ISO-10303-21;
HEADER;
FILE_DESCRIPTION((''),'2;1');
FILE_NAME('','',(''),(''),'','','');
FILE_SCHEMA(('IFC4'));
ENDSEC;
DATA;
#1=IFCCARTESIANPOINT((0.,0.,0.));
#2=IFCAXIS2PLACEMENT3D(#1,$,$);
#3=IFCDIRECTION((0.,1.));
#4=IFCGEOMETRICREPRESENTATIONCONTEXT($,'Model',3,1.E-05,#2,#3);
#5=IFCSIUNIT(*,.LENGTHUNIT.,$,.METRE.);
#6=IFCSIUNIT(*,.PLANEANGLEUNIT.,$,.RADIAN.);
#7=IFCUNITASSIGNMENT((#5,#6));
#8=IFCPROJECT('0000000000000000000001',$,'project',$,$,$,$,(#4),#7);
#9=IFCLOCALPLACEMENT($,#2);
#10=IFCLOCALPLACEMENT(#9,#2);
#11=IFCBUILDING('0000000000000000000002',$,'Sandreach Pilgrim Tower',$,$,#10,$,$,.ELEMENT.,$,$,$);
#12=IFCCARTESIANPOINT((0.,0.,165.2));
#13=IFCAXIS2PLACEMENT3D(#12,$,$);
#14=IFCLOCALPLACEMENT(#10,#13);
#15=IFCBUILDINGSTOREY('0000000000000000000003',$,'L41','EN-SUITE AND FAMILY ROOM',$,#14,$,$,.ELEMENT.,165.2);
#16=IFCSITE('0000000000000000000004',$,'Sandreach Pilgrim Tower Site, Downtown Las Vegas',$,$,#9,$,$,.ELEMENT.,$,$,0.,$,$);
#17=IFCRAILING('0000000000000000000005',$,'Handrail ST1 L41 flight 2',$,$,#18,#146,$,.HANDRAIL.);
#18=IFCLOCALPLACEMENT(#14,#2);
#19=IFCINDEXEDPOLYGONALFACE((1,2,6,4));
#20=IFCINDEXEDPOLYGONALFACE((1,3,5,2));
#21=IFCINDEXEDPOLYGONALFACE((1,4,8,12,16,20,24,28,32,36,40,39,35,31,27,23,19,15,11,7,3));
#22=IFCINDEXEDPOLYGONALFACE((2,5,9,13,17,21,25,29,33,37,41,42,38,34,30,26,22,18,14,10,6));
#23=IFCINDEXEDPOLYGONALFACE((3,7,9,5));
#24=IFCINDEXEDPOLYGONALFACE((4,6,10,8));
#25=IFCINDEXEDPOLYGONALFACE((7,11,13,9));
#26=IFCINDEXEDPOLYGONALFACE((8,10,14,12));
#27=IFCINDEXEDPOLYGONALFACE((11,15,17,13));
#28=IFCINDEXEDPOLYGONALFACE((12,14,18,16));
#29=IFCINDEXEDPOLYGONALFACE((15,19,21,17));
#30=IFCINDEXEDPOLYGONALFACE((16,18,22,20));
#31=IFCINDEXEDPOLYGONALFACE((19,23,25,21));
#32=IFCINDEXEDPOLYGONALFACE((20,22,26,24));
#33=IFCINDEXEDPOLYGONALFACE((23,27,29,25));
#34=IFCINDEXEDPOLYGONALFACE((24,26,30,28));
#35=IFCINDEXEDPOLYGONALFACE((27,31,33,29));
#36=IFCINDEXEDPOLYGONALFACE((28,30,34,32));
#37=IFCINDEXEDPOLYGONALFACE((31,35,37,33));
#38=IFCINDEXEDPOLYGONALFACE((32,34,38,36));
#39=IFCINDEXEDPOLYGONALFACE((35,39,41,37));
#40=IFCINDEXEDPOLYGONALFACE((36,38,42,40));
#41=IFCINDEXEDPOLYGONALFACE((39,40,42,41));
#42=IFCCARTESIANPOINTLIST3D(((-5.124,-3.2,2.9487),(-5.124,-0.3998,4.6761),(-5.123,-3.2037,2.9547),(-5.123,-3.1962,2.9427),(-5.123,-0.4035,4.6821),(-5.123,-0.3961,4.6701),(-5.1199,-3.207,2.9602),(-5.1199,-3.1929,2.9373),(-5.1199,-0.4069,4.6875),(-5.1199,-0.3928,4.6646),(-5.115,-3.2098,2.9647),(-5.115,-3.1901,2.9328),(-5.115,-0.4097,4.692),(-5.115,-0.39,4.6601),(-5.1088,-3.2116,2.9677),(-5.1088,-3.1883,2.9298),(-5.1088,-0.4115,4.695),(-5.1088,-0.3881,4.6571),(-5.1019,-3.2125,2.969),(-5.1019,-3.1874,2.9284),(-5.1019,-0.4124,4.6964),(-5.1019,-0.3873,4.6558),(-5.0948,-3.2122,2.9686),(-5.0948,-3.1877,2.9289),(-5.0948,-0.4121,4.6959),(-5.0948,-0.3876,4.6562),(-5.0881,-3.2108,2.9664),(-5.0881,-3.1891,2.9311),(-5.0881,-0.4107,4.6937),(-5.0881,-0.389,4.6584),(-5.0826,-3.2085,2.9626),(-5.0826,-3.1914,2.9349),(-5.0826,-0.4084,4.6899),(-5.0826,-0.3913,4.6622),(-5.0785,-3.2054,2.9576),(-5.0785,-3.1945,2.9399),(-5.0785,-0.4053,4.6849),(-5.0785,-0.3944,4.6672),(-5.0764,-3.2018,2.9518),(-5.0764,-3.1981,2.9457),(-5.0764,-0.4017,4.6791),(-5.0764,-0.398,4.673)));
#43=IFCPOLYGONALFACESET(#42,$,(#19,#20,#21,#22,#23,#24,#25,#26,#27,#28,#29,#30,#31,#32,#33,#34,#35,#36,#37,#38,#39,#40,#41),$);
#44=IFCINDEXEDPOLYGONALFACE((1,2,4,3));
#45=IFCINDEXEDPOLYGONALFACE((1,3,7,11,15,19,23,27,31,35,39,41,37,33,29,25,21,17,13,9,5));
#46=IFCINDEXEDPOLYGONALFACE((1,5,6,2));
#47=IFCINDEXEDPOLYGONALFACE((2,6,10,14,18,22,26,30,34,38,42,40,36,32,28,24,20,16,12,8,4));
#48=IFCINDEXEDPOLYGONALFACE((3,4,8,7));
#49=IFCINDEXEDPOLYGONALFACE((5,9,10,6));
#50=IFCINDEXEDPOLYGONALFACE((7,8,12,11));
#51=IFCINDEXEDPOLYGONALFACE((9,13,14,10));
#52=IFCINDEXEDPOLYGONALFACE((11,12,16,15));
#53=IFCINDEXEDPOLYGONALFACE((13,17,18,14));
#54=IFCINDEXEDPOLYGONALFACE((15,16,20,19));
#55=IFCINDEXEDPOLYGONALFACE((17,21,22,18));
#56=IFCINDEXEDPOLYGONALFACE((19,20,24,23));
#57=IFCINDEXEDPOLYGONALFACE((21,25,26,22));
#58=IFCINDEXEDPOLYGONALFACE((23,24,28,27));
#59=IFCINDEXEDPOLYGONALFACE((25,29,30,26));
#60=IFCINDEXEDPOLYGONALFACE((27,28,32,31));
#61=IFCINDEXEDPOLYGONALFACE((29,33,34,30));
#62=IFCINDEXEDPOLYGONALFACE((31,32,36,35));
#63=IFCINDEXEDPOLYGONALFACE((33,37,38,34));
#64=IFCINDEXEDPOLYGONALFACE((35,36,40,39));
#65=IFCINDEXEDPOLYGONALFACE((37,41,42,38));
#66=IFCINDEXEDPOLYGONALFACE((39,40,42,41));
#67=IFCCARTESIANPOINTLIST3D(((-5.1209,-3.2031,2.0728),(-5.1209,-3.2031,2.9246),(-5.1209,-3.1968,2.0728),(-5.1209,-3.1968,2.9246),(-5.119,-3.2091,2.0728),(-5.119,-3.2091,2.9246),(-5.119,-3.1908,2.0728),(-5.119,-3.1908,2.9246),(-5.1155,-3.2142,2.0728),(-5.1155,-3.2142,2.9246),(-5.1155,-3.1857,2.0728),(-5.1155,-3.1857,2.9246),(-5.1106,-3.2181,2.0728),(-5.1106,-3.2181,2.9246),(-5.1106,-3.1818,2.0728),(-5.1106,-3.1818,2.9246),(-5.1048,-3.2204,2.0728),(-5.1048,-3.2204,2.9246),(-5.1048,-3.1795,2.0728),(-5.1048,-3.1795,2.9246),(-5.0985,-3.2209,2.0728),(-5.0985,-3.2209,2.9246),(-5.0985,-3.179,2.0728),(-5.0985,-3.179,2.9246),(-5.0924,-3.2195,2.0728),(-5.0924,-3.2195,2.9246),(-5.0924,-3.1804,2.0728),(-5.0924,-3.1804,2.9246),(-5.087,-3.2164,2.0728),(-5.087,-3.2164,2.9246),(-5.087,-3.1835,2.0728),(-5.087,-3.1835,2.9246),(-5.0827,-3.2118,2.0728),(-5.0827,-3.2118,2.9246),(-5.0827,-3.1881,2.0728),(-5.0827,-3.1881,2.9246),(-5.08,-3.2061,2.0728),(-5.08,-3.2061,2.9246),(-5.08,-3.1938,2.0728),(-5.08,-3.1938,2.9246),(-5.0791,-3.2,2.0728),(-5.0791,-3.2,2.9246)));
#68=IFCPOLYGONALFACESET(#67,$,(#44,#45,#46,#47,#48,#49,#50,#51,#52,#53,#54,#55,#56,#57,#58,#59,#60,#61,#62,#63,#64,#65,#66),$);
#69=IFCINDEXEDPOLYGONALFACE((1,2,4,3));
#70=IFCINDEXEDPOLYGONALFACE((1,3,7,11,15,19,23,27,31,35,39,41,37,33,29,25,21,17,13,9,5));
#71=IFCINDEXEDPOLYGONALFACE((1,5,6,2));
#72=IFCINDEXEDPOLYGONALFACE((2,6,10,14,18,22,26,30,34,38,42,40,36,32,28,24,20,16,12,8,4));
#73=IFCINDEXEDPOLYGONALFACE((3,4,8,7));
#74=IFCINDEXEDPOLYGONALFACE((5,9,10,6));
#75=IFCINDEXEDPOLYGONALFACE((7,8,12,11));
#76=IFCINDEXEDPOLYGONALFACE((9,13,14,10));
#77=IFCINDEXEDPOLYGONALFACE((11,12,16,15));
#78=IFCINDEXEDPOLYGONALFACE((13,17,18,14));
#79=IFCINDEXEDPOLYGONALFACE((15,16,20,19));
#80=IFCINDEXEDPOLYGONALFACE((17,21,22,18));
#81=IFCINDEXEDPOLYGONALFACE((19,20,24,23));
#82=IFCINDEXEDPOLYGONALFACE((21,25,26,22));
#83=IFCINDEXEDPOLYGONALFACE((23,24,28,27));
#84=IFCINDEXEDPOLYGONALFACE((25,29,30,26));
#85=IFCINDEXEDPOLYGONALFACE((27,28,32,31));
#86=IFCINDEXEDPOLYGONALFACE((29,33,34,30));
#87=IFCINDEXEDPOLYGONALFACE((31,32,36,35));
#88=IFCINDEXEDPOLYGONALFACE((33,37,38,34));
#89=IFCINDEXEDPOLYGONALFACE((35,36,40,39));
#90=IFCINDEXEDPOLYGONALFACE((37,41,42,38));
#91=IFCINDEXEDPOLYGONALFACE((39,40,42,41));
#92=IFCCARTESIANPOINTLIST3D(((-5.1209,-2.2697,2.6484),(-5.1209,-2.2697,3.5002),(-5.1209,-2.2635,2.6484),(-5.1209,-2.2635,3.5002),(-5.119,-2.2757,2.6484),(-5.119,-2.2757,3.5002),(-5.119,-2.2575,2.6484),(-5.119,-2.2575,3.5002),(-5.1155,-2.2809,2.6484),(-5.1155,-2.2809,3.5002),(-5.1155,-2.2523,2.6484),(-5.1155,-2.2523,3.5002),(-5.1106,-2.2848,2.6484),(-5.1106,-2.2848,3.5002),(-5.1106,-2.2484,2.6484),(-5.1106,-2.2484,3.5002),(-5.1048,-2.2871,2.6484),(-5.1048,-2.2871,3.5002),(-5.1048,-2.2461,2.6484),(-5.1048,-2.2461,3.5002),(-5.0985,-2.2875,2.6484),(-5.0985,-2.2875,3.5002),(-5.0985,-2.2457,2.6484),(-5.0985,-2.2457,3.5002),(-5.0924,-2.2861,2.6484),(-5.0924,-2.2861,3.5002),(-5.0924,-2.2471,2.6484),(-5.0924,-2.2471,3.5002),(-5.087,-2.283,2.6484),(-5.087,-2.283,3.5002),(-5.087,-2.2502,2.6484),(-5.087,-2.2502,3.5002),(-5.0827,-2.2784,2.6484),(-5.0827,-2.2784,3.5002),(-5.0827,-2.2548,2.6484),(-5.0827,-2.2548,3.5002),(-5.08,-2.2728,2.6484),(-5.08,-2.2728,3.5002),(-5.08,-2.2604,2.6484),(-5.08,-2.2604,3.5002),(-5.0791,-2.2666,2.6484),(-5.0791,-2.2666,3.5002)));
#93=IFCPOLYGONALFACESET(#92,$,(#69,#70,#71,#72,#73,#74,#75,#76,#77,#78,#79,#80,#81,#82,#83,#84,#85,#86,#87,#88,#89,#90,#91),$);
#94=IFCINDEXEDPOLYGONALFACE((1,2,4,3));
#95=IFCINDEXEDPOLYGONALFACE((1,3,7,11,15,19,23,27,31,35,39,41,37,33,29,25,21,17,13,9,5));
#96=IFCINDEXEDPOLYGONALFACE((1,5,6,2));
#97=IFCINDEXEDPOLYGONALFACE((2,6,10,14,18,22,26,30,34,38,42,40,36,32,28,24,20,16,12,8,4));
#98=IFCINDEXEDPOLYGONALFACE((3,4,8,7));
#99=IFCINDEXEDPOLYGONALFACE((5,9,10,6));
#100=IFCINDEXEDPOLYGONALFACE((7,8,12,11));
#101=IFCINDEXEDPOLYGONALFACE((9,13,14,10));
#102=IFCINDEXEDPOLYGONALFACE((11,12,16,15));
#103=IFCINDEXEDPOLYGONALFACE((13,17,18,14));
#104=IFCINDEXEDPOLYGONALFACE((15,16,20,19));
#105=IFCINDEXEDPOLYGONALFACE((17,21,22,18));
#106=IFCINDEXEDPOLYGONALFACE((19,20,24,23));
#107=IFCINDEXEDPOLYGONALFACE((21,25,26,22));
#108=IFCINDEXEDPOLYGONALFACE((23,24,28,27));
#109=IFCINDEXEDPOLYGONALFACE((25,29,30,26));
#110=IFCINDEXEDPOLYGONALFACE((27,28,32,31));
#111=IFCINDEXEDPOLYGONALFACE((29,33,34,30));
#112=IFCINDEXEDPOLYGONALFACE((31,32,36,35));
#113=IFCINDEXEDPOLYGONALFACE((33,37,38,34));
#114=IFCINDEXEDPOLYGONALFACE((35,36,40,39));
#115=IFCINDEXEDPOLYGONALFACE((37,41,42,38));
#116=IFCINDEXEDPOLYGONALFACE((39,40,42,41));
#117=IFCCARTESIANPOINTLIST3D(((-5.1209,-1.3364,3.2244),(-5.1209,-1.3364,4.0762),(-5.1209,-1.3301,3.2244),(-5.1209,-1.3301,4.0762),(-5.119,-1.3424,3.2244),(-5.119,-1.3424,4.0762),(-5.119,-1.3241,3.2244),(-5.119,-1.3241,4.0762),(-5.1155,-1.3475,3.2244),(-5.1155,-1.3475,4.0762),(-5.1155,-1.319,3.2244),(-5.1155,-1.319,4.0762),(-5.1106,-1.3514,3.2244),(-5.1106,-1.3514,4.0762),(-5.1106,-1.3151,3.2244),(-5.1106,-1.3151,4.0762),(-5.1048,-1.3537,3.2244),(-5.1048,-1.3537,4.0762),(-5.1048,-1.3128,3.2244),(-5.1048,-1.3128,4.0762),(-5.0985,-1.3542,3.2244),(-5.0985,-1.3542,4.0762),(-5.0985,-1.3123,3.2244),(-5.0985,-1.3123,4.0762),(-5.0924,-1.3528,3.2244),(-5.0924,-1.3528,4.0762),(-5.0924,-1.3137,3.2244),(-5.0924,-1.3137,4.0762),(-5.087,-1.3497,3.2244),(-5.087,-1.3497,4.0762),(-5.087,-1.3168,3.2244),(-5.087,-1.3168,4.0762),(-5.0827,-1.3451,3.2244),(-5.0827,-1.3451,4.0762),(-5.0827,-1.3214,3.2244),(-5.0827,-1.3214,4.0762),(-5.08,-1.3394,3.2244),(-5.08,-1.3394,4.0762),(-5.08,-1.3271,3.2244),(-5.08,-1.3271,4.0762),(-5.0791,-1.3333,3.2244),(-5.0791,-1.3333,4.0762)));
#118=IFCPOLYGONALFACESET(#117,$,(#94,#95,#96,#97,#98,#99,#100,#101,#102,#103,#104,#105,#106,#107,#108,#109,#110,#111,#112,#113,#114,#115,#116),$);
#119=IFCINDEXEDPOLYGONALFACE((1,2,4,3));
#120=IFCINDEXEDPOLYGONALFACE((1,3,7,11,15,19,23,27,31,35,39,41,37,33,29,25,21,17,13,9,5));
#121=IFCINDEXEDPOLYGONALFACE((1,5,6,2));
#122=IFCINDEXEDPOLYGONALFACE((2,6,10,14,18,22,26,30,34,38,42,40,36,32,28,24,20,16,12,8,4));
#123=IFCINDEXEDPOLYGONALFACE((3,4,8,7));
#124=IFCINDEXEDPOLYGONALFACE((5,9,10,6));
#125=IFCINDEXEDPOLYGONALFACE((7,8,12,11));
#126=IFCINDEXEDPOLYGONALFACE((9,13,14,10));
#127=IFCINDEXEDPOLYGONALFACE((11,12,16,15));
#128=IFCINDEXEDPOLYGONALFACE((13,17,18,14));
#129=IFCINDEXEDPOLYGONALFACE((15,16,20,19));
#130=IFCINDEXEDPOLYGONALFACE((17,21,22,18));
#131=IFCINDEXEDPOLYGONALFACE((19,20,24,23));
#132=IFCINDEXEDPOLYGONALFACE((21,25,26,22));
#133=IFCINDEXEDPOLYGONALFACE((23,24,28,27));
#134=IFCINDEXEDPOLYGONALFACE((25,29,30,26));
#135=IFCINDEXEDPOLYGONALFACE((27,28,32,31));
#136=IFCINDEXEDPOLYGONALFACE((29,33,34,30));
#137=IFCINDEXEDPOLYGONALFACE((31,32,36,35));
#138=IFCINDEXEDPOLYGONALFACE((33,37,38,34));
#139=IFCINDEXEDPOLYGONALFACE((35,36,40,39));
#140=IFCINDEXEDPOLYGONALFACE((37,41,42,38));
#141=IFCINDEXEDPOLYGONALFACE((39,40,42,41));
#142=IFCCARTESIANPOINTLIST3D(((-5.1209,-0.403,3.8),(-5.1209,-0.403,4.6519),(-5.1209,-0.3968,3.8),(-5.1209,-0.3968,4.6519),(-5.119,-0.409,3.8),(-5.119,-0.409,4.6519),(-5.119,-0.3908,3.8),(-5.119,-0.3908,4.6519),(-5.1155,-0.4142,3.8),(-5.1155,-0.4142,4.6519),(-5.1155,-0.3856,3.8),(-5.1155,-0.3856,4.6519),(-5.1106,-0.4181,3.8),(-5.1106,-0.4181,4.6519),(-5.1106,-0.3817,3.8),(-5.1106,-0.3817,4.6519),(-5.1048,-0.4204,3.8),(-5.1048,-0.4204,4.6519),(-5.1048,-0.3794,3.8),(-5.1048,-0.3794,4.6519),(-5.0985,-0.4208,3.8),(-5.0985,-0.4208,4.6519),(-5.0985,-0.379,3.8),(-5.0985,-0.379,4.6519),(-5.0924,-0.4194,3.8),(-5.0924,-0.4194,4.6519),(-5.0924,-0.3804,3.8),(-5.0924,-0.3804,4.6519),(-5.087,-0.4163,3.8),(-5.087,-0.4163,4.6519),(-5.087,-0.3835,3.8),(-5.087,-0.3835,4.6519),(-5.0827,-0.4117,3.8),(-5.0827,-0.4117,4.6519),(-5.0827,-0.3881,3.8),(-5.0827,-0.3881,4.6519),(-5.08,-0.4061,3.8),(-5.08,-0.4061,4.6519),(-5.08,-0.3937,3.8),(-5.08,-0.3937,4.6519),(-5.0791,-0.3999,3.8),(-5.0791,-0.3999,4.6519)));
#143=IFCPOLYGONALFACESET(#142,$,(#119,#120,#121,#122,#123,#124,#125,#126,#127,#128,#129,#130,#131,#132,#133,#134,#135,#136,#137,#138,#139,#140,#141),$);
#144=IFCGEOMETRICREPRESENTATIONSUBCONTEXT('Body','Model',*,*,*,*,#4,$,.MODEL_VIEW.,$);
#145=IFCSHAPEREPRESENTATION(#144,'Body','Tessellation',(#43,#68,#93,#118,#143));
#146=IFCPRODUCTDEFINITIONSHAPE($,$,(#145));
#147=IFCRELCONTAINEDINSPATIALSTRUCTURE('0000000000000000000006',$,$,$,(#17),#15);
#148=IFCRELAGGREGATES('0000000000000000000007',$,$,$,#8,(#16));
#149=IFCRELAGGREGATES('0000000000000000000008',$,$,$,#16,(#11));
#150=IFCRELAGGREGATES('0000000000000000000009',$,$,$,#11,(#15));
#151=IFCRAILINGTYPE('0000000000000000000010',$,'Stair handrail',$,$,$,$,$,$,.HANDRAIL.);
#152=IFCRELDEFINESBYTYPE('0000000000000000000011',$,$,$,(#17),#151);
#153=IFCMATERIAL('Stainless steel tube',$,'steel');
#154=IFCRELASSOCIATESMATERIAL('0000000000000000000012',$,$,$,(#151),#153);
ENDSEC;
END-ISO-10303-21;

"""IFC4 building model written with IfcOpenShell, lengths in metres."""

from ifc_helpers import new_model, si_unit, direction, frame, origin, origin_2d, place, context, subcontext, project, spatial, circle, extrude, material, type_object, element, save


model = new_model("IFC4")

# Units and contexts
model_context = context("Model", 3, precision=1e-05, world=origin(), true_north=direction((0.0, 1.0)))
body_context = subcontext(model_context, "Body", "Model", "MODEL_VIEW")
ifc_project = project(units=[si_unit("LENGTHUNIT", "METRE"), si_unit("PLANEANGLEUNIT", "RADIAN")], contexts=[model_context])

# Site, building, storey
site_placement = place(None, origin())
site = spatial("IfcSite", under=ifc_project, at=site_placement, Name="Sandreach Pilgrim Tower Site, Downtown Las Vegas", CompositionType="ELEMENT", RefElevation=0.0)
building_placement = place(site_placement, origin())
building = spatial("IfcBuilding", under=site, at=building_placement, Name="Sandreach Pilgrim Tower", CompositionType="ELEMENT")
storey_placement = place(building_placement, frame((0.0, 0.0, 165.2)))
storey = spatial("IfcBuildingStorey", under=building, at=storey_placement, Name="L41", Description="EN-SUITE AND FAMILY ROOM", CompositionType="ELEMENT", Elevation=165.2)

# Railing
ifc_material_1 = material(Name="Stainless steel tube", Category="steel")
railing_type = type_object("IfcRailingType", Name="Stair handrail", PredefinedType="HANDRAIL", material=ifc_material_1)
for number, where, name in (
    (1, (-5.1001, -3.2, 2.0728), "Handrail ST1 L41 flight 2"),
):
    element("IfcRailing", number, at=place(storey_placement, frame(where)), inside=storey, type_object=railing_type, Name=name, PredefinedType="HANDRAIL", context=body_context, shape_type="SweptSolid", body=[
        extrude(circle(Radius=0.0239, at=origin_2d()), frame((0.0, 0.0, 0.876), z_axis=(0.0, 0.85109, 0.52502), x_axis=(-1.0, 0.0, 0.0)), (0.0, 0.0, 1.0), 3.29),
        extrude(circle(Radius=0.021, at=origin_2d()), origin(), (0.0, 0.0, 1.0), 0.8518),
        extrude(circle(Radius=0.021, at=origin_2d()), frame((0.0, 0.9333, 0.5757)), (0.0, 0.0, 1.0), 0.8518),
        extrude(circle(Radius=0.021, at=origin_2d()), frame((0.0, 1.8667, 1.1516)), (0.0, 0.0, 1.0), 0.8518),
        extrude(circle(Radius=0.021, at=origin_2d()), frame((0.0, 2.8, 1.7273)), (0.0, 0.0, 1.0), 0.8518),
    ])

save(model, "model.ifc")
